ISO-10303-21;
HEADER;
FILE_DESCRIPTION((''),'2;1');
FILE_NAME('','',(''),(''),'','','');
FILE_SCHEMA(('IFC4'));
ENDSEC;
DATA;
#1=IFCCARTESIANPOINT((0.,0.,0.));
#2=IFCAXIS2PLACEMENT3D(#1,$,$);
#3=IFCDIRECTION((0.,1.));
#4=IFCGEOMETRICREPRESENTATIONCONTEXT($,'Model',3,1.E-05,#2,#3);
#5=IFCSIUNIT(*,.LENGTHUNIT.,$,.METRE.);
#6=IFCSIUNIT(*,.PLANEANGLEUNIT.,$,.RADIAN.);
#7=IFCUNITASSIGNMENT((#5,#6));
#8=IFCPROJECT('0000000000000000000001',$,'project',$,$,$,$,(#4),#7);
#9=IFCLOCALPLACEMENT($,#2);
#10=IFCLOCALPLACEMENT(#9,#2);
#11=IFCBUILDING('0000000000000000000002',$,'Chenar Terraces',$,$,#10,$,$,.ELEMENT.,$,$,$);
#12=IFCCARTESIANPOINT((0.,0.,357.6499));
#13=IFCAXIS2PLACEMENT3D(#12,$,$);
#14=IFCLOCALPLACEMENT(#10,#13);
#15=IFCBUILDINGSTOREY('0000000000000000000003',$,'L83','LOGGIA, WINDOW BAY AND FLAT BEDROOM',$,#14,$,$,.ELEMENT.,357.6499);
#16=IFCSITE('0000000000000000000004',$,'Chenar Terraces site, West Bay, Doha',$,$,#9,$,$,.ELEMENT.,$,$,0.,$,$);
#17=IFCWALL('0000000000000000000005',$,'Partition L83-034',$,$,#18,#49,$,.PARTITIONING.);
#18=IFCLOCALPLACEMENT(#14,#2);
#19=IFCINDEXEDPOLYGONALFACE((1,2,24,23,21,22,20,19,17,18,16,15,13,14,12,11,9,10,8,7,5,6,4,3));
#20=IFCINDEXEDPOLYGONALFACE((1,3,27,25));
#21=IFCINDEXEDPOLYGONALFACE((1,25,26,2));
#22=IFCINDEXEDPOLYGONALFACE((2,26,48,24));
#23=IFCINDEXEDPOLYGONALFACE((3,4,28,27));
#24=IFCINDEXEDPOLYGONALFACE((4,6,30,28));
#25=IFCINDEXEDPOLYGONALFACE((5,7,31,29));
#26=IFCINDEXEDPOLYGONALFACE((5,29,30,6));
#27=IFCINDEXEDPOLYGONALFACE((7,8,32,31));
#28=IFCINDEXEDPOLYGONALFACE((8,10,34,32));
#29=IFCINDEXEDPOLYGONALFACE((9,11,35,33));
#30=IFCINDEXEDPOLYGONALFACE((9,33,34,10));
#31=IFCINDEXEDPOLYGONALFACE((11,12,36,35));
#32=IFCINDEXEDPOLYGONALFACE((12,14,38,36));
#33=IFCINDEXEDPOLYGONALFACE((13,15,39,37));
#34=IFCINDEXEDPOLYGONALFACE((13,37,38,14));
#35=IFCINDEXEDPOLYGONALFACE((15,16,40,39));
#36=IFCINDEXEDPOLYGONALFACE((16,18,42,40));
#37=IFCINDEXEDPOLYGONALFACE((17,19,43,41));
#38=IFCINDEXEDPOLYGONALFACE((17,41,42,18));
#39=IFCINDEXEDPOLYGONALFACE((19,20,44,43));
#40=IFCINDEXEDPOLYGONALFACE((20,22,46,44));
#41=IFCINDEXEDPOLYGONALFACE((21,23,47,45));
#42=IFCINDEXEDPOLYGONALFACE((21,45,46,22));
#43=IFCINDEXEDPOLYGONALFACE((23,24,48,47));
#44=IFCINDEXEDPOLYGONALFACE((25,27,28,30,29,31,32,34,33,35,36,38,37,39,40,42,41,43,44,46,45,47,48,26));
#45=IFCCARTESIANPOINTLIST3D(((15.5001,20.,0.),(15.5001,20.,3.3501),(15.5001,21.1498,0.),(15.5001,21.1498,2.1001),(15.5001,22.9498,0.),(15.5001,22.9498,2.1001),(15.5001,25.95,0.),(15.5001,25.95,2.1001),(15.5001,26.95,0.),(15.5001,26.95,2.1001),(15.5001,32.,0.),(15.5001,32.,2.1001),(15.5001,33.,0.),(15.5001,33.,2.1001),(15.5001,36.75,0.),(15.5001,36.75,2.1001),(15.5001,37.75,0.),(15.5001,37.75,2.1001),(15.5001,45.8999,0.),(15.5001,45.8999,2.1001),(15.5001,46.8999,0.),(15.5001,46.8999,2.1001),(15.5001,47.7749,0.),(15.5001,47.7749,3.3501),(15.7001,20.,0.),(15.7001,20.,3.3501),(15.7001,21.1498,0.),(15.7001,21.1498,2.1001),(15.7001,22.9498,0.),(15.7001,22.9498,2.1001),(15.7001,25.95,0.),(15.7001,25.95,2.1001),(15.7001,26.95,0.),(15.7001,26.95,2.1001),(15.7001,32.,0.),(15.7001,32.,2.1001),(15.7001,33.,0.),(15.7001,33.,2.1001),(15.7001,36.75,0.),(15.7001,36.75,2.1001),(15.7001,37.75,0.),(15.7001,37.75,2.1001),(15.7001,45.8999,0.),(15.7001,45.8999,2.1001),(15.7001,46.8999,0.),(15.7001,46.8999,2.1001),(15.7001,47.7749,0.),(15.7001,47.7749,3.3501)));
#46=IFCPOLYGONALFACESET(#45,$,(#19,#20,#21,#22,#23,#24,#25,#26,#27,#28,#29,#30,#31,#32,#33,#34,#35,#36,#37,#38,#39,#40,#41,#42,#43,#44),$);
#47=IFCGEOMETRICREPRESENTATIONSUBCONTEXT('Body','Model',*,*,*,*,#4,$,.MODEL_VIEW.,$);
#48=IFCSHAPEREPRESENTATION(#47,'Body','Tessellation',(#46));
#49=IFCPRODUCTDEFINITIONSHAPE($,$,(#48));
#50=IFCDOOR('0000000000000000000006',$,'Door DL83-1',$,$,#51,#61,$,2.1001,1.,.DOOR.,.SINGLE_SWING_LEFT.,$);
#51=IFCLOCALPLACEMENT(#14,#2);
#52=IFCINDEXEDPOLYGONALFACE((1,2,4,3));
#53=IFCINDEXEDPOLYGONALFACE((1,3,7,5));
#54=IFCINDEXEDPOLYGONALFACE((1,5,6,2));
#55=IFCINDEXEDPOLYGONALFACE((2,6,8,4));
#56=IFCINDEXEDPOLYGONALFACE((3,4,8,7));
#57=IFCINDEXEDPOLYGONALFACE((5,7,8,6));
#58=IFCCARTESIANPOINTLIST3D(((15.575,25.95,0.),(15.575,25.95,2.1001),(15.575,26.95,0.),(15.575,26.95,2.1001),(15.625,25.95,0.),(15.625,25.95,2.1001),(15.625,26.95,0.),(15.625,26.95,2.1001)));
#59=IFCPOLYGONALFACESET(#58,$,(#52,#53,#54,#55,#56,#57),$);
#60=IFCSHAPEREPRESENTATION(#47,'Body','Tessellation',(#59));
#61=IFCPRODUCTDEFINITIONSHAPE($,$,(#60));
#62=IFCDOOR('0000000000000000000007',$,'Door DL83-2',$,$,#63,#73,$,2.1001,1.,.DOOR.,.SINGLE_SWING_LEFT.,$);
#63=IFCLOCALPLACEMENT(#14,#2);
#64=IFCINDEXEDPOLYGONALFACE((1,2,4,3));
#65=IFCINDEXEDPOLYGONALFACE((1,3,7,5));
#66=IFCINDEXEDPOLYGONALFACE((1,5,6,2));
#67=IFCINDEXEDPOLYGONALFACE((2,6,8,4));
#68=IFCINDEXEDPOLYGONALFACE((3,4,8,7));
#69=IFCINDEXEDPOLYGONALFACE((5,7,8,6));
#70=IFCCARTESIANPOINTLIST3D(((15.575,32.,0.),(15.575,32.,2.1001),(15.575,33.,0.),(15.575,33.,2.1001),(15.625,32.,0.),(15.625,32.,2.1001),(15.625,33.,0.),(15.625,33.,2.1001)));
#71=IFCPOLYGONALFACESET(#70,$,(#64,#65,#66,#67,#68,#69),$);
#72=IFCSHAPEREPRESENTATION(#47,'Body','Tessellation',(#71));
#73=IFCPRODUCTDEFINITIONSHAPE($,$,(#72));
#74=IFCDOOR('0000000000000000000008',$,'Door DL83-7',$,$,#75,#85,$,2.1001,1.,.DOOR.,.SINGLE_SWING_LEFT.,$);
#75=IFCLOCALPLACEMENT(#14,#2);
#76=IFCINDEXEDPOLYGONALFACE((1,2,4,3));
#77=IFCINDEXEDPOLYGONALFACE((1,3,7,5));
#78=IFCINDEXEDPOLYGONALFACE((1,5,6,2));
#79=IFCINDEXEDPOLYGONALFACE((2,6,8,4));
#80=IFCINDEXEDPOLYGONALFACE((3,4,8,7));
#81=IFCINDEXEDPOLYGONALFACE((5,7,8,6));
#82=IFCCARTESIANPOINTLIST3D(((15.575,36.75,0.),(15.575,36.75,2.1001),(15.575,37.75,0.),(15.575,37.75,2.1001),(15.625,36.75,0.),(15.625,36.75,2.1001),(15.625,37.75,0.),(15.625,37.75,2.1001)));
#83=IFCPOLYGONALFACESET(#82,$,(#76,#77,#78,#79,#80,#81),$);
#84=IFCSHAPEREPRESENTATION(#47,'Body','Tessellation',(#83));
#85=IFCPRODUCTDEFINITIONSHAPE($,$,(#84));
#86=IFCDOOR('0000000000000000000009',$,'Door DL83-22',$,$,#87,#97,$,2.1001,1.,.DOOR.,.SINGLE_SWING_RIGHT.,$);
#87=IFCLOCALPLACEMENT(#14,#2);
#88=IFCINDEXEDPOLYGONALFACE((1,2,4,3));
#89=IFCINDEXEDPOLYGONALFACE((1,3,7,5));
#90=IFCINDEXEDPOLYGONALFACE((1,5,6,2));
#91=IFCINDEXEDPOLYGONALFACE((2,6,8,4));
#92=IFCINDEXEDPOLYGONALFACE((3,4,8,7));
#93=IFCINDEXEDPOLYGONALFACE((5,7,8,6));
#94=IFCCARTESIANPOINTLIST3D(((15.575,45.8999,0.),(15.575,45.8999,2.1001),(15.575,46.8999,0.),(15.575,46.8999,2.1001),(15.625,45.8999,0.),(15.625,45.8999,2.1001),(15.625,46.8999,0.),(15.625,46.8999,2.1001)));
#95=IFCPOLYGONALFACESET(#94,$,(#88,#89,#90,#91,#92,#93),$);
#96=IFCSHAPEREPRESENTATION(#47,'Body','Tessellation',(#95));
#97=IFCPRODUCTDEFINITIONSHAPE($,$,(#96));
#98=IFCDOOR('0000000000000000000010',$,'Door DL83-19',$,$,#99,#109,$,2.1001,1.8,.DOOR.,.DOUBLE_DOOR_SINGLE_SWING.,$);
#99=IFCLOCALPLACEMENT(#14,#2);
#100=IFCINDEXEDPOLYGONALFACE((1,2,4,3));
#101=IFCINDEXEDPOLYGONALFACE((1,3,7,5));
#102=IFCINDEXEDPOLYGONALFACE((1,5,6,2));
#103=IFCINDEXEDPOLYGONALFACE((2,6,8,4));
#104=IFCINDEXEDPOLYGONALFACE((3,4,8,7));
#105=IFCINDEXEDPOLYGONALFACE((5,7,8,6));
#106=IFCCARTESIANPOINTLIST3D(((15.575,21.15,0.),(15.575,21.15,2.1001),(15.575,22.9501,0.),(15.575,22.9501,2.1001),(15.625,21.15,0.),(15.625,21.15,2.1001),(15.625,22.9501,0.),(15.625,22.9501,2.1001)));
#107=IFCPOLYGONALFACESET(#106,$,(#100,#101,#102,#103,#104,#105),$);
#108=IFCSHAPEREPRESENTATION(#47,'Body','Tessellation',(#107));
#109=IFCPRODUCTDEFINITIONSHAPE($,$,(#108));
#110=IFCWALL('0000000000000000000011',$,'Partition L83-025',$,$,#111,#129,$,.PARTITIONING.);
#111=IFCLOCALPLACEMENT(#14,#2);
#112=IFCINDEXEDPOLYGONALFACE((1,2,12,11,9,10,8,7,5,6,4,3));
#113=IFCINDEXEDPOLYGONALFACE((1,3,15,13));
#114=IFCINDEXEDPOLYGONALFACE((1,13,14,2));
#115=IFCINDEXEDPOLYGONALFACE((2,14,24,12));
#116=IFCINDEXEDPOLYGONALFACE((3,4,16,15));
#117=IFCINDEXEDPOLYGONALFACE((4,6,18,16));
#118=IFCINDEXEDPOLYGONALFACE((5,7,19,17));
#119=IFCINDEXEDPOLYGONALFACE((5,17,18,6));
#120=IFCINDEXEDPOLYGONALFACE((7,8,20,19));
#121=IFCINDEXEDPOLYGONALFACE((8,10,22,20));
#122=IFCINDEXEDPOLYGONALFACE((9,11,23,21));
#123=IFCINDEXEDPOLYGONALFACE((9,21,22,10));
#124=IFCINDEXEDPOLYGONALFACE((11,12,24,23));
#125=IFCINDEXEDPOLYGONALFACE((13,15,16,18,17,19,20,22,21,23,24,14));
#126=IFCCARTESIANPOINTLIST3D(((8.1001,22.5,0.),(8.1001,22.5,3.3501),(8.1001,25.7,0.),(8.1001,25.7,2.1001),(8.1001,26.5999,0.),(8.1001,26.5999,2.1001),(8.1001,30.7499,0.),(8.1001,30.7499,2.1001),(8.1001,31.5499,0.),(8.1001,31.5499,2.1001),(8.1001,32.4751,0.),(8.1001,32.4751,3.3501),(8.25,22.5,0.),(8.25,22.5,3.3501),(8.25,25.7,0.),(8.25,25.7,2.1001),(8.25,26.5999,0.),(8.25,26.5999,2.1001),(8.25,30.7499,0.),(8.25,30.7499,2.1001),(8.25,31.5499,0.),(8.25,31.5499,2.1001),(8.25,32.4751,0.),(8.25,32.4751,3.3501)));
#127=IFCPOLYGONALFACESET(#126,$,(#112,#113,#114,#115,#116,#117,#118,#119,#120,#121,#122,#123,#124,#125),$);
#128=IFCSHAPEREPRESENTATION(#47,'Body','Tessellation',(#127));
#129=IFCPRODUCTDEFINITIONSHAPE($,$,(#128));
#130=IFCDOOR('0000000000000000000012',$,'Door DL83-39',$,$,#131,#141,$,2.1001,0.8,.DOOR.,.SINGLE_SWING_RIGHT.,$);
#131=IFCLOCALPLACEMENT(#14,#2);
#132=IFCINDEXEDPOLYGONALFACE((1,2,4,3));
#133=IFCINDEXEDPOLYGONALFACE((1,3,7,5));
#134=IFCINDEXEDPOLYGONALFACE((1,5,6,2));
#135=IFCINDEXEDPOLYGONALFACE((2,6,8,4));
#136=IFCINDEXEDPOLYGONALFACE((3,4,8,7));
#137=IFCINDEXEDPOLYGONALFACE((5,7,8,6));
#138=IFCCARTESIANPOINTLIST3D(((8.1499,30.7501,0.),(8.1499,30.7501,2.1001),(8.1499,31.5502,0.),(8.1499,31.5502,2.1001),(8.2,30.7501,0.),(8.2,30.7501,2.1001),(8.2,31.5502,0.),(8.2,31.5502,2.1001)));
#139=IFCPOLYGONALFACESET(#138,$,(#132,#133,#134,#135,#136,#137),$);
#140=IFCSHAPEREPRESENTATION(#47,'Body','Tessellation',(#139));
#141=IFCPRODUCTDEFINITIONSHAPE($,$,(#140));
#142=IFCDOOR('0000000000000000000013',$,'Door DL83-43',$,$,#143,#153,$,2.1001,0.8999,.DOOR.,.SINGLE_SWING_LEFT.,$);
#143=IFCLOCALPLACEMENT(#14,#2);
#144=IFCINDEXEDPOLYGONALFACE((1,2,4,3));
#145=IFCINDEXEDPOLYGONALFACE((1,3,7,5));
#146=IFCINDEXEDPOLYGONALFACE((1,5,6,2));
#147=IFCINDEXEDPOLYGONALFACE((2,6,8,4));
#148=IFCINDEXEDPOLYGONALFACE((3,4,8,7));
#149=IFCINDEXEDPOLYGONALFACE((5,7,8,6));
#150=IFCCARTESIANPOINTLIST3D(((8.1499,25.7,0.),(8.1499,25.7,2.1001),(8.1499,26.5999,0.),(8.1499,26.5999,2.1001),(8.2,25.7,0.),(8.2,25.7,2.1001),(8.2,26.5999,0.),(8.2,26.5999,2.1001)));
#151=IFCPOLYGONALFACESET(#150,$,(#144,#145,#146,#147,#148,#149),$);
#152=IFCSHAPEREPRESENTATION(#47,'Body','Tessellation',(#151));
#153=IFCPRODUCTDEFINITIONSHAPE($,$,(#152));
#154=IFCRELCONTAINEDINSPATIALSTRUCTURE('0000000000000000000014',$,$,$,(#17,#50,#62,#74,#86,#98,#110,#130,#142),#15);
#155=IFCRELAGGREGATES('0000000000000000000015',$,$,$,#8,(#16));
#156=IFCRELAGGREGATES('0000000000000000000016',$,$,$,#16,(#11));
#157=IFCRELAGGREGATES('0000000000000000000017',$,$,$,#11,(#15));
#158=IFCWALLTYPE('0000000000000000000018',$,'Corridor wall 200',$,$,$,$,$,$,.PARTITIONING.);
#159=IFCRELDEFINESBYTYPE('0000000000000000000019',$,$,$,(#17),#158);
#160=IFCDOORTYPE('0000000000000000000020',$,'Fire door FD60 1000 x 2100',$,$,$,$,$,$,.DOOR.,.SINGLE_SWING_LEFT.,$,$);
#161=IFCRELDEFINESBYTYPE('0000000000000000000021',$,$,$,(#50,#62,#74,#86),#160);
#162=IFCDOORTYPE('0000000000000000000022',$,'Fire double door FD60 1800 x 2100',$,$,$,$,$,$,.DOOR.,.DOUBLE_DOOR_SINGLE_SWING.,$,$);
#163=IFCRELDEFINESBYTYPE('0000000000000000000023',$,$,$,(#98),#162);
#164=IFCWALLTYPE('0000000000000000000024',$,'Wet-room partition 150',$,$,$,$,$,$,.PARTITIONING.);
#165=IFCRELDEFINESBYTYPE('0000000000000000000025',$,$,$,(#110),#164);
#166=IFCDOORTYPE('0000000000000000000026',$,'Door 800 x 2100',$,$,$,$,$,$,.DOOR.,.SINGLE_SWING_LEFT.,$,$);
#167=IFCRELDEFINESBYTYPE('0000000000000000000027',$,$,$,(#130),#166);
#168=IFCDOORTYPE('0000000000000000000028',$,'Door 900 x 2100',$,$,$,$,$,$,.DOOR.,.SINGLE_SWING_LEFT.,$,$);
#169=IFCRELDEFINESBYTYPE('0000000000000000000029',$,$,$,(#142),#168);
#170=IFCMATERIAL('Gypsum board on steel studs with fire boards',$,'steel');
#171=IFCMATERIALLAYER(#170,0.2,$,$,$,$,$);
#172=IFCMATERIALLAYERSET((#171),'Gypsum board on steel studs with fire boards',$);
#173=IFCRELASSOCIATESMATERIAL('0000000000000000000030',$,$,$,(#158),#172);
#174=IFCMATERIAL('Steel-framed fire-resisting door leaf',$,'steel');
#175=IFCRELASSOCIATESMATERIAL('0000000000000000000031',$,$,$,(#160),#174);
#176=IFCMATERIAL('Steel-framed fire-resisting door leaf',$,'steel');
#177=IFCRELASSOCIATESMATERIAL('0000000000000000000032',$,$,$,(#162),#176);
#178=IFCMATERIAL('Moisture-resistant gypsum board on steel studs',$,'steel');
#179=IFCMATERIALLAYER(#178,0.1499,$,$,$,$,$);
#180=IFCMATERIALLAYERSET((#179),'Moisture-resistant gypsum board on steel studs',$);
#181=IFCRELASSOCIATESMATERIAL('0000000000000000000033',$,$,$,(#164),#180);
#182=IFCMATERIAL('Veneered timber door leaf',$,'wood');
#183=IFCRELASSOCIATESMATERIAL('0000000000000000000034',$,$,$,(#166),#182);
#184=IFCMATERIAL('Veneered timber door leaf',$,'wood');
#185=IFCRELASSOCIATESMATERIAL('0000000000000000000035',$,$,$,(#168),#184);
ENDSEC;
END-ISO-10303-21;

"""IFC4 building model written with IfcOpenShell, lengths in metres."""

from ifc_helpers import new_model, si_unit, direction, frame, frame_2d, origin, place, context, subcontext, project, spatial, rectangle, extrude, material, layer, layer_set, type_object, element, fill, save


model = new_model("IFC4")

# Units and contexts
model_context = context("Model", 3, precision=1e-05, world=origin(), true_north=direction((0.0, 1.0)))
body_context = subcontext(model_context, "Body", "Model", "MODEL_VIEW")
ifc_project = project(units=[si_unit("LENGTHUNIT", "METRE"), si_unit("PLANEANGLEUNIT", "RADIAN")], contexts=[model_context])

# Site, building, storey
site_placement = place(None, origin())
site = spatial("IfcSite", under=ifc_project, at=site_placement, Name="Chenar Terraces site, West Bay, Doha", CompositionType="ELEMENT", RefElevation=0.0)
building_placement = place(site_placement, origin())
building = spatial("IfcBuilding", under=site, at=building_placement, Name="Chenar Terraces", CompositionType="ELEMENT")
storey_placement = place(building_placement, frame((0.0, 0.0, 357.6499)))
storey = spatial("IfcBuildingStorey", under=building, at=storey_placement, Name="L83", Description="LOGGIA, WINDOW BAY AND FLAT BEDROOM", CompositionType="ELEMENT", Elevation=357.6499)

# Walls, openings, doors
ifc_material_1 = material(Name="Gypsum board on steel studs with fire boards", Category="steel")
ifc_layer_1 = layer(ifc_material_1, 0.2)
ifc_layer_set_1 = layer_set([ifc_layer_1], Name="Gypsum board on steel studs with fire boards")
wall_type_1 = type_object("IfcWallType", Name="Corridor wall 200", PredefinedType="PARTITIONING", material=ifc_layer_set_1)
wall_1_placement = place(storey_placement, frame((15.6001, 20.0, 0.0), z_axis=(0.0, 0.0, 1.0), x_axis=(0.0, 1.0, 0.0)))
wall_1 = element("IfcWall", 1, at=wall_1_placement, inside=storey, type_object=wall_type_1, Name="Partition L83-034", PredefinedType="PARTITIONING", context=body_context, shape_type="SweptSolid", body=[
    extrude(rectangle(XDim=27.7749, YDim=0.2, at=frame_2d((13.8875, 0.0))), origin(), (0.0, 0.0, 1.0), 3.3501),
])
opening_1_placement = place(wall_1_placement, frame((5.95, 0.0, 0.0)))
opening_1 = element("IfcOpeningElement", 2, at=opening_1_placement, cuts=wall_1, PredefinedType="OPENING", context=body_context, shape_type="SweptSolid", body=[
    extrude(rectangle(XDim=1.0, YDim=2.1001, at=frame_2d((0.5, 1.05))), frame((0.0, 0.1099, 0.0), z_axis=(0.0, -1.0, 0.0), x_axis=(1.0, 0.0, 0.0)), (0.0, 0.0, 1.0), 0.22),
])
opening_2_placement = place(wall_1_placement, frame((12.0, 0.0, 0.0)))
opening_2 = element("IfcOpeningElement", 3, at=opening_2_placement, cuts=wall_1, PredefinedType="OPENING", context=body_context, shape_type="SweptSolid", body=[
    extrude(rectangle(XDim=1.0, YDim=2.1001, at=frame_2d((0.5, 1.05))), frame((0.0, 0.1099, 0.0), z_axis=(0.0, -1.0, 0.0), x_axis=(1.0, 0.0, 0.0)), (0.0, 0.0, 1.0), 0.22),
])
opening_3_placement = place(wall_1_placement, frame((16.75, 0.0, 0.0)))
opening_3 = element("IfcOpeningElement", 4, at=opening_3_placement, cuts=wall_1, PredefinedType="OPENING", context=body_context, shape_type="SweptSolid", body=[
    extrude(rectangle(XDim=1.0, YDim=2.1001, at=frame_2d((0.5, 1.05))), frame((0.0, 0.1099, 0.0), z_axis=(0.0, -1.0, 0.0), x_axis=(1.0, 0.0, 0.0)), (0.0, 0.0, 1.0), 0.22),
])
opening_4_placement = place(wall_1_placement, frame((1.1499, 0.0, 0.0)))
opening_4 = element("IfcOpeningElement", 5, at=opening_4_placement, cuts=wall_1, PredefinedType="OPENING", context=body_context, shape_type="SweptSolid", body=[
    extrude(rectangle(XDim=1.8, YDim=2.1001, at=frame_2d((0.8999, 1.05))), frame((0.0, 0.1099, 0.0), z_axis=(0.0, -1.0, 0.0), x_axis=(1.0, 0.0, 0.0)), (0.0, 0.0, 1.0), 0.22),
])
opening_5_placement = place(wall_1_placement, frame((25.8999, 0.0, 0.0)))
opening_5 = element("IfcOpeningElement", 6, at=opening_5_placement, cuts=wall_1, PredefinedType="OPENING", context=body_context, shape_type="SweptSolid", body=[
    extrude(rectangle(XDim=1.0, YDim=2.1001, at=frame_2d((0.5, 1.05))), frame((0.0, 0.1099, 0.0), z_axis=(0.0, -1.0, 0.0), x_axis=(1.0, 0.0, 0.0)), (0.0, 0.0, 1.0), 0.22),
])
ifc_material_2 = material(Name="Steel-framed fire-resisting door leaf", Category="steel")
door_type_1 = type_object("IfcDoorType", Name="Fire door FD60 1000 x 2100", OperationType="SINGLE_SWING_LEFT", PredefinedType="DOOR", material=ifc_material_2)
door_1_placement = place(opening_1_placement, frame((1.0, 0.0, 0.0), z_axis=(0.0, 0.0, 1.0), x_axis=(-1.0, 0.0, 0.0)))
door_1 = element("IfcDoor", 7, at=door_1_placement, inside=storey, type_object=door_type_1, Name="Door DL83-1", OperationType="SINGLE_SWING_LEFT", OverallHeight=2.1001, OverallWidth=1.0, PredefinedType="DOOR", context=body_context, shape_type="SweptSolid", body=[
    extrude(rectangle(XDim=1.0, YDim=2.1001, at=frame_2d((0.5, 1.05))), frame((0.0, 0.0249, 0.0), z_axis=(0.0, -1.0, 0.0), x_axis=(1.0, 0.0, 0.0)), (0.0, 0.0, 1.0), 0.05),
])
fill(opening_1, door_1)
door_2_placement = place(opening_2_placement, frame((1.0, 0.0, 0.0), z_axis=(0.0, 0.0, 1.0), x_axis=(-1.0, 0.0, 0.0)))
door_2 = element("IfcDoor", 8, at=door_2_placement, inside=storey, type_object=door_type_1, Name="Door DL83-2", OperationType="SINGLE_SWING_LEFT", OverallHeight=2.1001, OverallWidth=1.0, PredefinedType="DOOR", context=body_context, shape_type="SweptSolid", body=[
    extrude(rectangle(XDim=1.0, YDim=2.1001, at=frame_2d((0.5, 1.05))), frame((0.0, 0.0249, 0.0), z_axis=(0.0, -1.0, 0.0), x_axis=(1.0, 0.0, 0.0)), (0.0, 0.0, 1.0), 0.05),
])
fill(opening_2, door_2)
door_3_placement = place(opening_3_placement, frame((1.0, 0.0, 0.0), z_axis=(0.0, 0.0, 1.0), x_axis=(-1.0, 0.0, 0.0)))
door_3 = element("IfcDoor", 9, at=door_3_placement, inside=storey, type_object=door_type_1, Name="Door DL83-7", OperationType="SINGLE_SWING_LEFT", OverallHeight=2.1001, OverallWidth=1.0, PredefinedType="DOOR", context=body_context, shape_type="SweptSolid", body=[
    extrude(rectangle(XDim=1.0, YDim=2.1001, at=frame_2d((0.5, 1.05))), frame((0.0, 0.0249, 0.0), z_axis=(0.0, -1.0, 0.0), x_axis=(1.0, 0.0, 0.0)), (0.0, 0.0, 1.0), 0.05),
])
fill(opening_3, door_3)
door_4_placement = place(opening_5_placement, frame((1.0, 0.0, 0.0), z_axis=(0.0, 0.0, 1.0), x_axis=(-1.0, 0.0, 0.0)))
door_4 = element("IfcDoor", 10, at=door_4_placement, inside=storey, type_object=door_type_1, Name="Door DL83-22", OperationType="SINGLE_SWING_RIGHT", OverallHeight=2.1001, OverallWidth=1.0, PredefinedType="DOOR", context=body_context, shape_type="SweptSolid", body=[
    extrude(rectangle(XDim=1.0, YDim=2.1001, at=frame_2d((0.5, 1.05))), frame((0.0, 0.0249, 0.0), z_axis=(0.0, -1.0, 0.0), x_axis=(1.0, 0.0, 0.0)), (0.0, 0.0, 1.0), 0.05),
])
fill(opening_5, door_4)
ifc_material_3 = material(Name="Steel-framed fire-resisting door leaf", Category="steel")
door_type_2 = type_object("IfcDoorType", Name="Fire double door FD60 1800 x 2100", OperationType="DOUBLE_DOOR_SINGLE_SWING", PredefinedType="DOOR", material=ifc_material_3)
door_5_placement = place(opening_4_placement, frame((1.8, 0.0, 0.0), z_axis=(0.0, 0.0, 1.0), x_axis=(-1.0, 0.0, 0.0)))
door_5 = element("IfcDoor", 11, at=door_5_placement, inside=storey, type_object=door_type_2, Name="Door DL83-19", OperationType="DOUBLE_DOOR_SINGLE_SWING", OverallHeight=2.1001, OverallWidth=1.8, PredefinedType="DOOR", context=body_context, shape_type="SweptSolid", body=[
    extrude(rectangle(XDim=1.8, YDim=2.1001, at=frame_2d((0.8999, 1.05))), frame((0.0, 0.0249, 0.0), z_axis=(0.0, -1.0, 0.0), x_axis=(1.0, 0.0, 0.0)), (0.0, 0.0, 1.0), 0.05),
])
fill(opening_4, door_5)
ifc_material_4 = material(Name="Moisture-resistant gypsum board on steel studs", Category="steel")
ifc_layer_2 = layer(ifc_material_4, 0.1499)
ifc_layer_set_2 = layer_set([ifc_layer_2], Name="Moisture-resistant gypsum board on steel studs")
wall_type_2 = type_object("IfcWallType", Name="Wet-room partition 150", PredefinedType="PARTITIONING", material=ifc_layer_set_2)
wall_2_placement = place(storey_placement, frame((8.175, 22.5, 0.0), z_axis=(0.0, 0.0, 1.0), x_axis=(0.0, 1.0, 0.0)))
wall_2 = element("IfcWall", 12, at=wall_2_placement, inside=storey, type_object=wall_type_2, Name="Partition L83-025", PredefinedType="PARTITIONING", context=body_context, shape_type="SweptSolid", body=[
    extrude(rectangle(XDim=9.9751, YDim=0.1499, at=frame_2d((4.9875, 0.0))), origin(), (0.0, 0.0, 1.0), 3.3501),
])
opening_6_placement = place(wall_2_placement, frame((8.25, 0.0, 0.0)))
opening_6 = element("IfcOpeningElement", 13, at=opening_6_placement, cuts=wall_2, PredefinedType="OPENING", context=body_context, shape_type="SweptSolid", body=[
    extrude(rectangle(XDim=0.8, YDim=2.1001, at=frame_2d((0.3999, 1.05))), frame((0.0, 0.085, 0.0), z_axis=(0.0, -1.0, 0.0), x_axis=(1.0, 0.0, 0.0)), (0.0, 0.0, 1.0), 0.1699),
])
opening_7_placement = place(wall_2_placement, frame((3.2, 0.0, 0.0)))
opening_7 = element("IfcOpeningElement", 14, at=opening_7_placement, cuts=wall_2, PredefinedType="OPENING", context=body_context, shape_type="SweptSolid", body=[
    extrude(rectangle(XDim=0.8999, YDim=2.1001, at=frame_2d((0.45, 1.05))), frame((0.0, 0.085, 0.0), z_axis=(0.0, -1.0, 0.0), x_axis=(1.0, 0.0, 0.0)), (0.0, 0.0, 1.0), 0.1699),
])
ifc_material_5 = material(Name="Veneered timber door leaf", Category="wood")
door_type_3 = type_object("IfcDoorType", Name="Door 800 x 2100", OperationType="SINGLE_SWING_LEFT", PredefinedType="DOOR", material=ifc_material_5)
door_6_placement = place(opening_6_placement, frame((0.8, 0.0, 0.0), z_axis=(0.0, 0.0, 1.0), x_axis=(-1.0, 0.0, 0.0)))
door_6 = element("IfcDoor", 15, at=door_6_placement, inside=storey, type_object=door_type_3, Name="Door DL83-39", OperationType="SINGLE_SWING_RIGHT", OverallHeight=2.1001, OverallWidth=0.8, PredefinedType="DOOR", context=body_context, shape_type="SweptSolid", body=[
    extrude(rectangle(XDim=0.8, YDim=2.1001, at=frame_2d((0.3999, 1.05))), frame((0.0, 0.0249, 0.0), z_axis=(0.0, -1.0, 0.0), x_axis=(1.0, 0.0, 0.0)), (0.0, 0.0, 1.0), 0.05),
])
fill(opening_6, door_6)
ifc_material_6 = material(Name="Veneered timber door leaf", Category="wood")
door_type_4 = type_object("IfcDoorType", Name="Door 900 x 2100", OperationType="SINGLE_SWING_LEFT", PredefinedType="DOOR", material=ifc_material_6)
door_7_placement = place(opening_7_placement, frame((0.8999, 0.0, 0.0), z_axis=(0.0, 0.0, 1.0), x_axis=(-1.0, 0.0, 0.0)))
door_7 = element("IfcDoor", 16, at=door_7_placement, inside=storey, type_object=door_type_4, Name="Door DL83-43", OperationType="SINGLE_SWING_LEFT", OverallHeight=2.1001, OverallWidth=0.8999, PredefinedType="DOOR", context=body_context, shape_type="SweptSolid", body=[
    extrude(rectangle(XDim=0.8999, YDim=2.1001, at=frame_2d((0.45, 1.05))), frame((0.0, 0.0249, 0.0), z_axis=(0.0, -1.0, 0.0), x_axis=(1.0, 0.0, 0.0)), (0.0, 0.0, 1.0), 0.05),
])
fill(opening_7, door_7)

save(model, "model.ifc")
